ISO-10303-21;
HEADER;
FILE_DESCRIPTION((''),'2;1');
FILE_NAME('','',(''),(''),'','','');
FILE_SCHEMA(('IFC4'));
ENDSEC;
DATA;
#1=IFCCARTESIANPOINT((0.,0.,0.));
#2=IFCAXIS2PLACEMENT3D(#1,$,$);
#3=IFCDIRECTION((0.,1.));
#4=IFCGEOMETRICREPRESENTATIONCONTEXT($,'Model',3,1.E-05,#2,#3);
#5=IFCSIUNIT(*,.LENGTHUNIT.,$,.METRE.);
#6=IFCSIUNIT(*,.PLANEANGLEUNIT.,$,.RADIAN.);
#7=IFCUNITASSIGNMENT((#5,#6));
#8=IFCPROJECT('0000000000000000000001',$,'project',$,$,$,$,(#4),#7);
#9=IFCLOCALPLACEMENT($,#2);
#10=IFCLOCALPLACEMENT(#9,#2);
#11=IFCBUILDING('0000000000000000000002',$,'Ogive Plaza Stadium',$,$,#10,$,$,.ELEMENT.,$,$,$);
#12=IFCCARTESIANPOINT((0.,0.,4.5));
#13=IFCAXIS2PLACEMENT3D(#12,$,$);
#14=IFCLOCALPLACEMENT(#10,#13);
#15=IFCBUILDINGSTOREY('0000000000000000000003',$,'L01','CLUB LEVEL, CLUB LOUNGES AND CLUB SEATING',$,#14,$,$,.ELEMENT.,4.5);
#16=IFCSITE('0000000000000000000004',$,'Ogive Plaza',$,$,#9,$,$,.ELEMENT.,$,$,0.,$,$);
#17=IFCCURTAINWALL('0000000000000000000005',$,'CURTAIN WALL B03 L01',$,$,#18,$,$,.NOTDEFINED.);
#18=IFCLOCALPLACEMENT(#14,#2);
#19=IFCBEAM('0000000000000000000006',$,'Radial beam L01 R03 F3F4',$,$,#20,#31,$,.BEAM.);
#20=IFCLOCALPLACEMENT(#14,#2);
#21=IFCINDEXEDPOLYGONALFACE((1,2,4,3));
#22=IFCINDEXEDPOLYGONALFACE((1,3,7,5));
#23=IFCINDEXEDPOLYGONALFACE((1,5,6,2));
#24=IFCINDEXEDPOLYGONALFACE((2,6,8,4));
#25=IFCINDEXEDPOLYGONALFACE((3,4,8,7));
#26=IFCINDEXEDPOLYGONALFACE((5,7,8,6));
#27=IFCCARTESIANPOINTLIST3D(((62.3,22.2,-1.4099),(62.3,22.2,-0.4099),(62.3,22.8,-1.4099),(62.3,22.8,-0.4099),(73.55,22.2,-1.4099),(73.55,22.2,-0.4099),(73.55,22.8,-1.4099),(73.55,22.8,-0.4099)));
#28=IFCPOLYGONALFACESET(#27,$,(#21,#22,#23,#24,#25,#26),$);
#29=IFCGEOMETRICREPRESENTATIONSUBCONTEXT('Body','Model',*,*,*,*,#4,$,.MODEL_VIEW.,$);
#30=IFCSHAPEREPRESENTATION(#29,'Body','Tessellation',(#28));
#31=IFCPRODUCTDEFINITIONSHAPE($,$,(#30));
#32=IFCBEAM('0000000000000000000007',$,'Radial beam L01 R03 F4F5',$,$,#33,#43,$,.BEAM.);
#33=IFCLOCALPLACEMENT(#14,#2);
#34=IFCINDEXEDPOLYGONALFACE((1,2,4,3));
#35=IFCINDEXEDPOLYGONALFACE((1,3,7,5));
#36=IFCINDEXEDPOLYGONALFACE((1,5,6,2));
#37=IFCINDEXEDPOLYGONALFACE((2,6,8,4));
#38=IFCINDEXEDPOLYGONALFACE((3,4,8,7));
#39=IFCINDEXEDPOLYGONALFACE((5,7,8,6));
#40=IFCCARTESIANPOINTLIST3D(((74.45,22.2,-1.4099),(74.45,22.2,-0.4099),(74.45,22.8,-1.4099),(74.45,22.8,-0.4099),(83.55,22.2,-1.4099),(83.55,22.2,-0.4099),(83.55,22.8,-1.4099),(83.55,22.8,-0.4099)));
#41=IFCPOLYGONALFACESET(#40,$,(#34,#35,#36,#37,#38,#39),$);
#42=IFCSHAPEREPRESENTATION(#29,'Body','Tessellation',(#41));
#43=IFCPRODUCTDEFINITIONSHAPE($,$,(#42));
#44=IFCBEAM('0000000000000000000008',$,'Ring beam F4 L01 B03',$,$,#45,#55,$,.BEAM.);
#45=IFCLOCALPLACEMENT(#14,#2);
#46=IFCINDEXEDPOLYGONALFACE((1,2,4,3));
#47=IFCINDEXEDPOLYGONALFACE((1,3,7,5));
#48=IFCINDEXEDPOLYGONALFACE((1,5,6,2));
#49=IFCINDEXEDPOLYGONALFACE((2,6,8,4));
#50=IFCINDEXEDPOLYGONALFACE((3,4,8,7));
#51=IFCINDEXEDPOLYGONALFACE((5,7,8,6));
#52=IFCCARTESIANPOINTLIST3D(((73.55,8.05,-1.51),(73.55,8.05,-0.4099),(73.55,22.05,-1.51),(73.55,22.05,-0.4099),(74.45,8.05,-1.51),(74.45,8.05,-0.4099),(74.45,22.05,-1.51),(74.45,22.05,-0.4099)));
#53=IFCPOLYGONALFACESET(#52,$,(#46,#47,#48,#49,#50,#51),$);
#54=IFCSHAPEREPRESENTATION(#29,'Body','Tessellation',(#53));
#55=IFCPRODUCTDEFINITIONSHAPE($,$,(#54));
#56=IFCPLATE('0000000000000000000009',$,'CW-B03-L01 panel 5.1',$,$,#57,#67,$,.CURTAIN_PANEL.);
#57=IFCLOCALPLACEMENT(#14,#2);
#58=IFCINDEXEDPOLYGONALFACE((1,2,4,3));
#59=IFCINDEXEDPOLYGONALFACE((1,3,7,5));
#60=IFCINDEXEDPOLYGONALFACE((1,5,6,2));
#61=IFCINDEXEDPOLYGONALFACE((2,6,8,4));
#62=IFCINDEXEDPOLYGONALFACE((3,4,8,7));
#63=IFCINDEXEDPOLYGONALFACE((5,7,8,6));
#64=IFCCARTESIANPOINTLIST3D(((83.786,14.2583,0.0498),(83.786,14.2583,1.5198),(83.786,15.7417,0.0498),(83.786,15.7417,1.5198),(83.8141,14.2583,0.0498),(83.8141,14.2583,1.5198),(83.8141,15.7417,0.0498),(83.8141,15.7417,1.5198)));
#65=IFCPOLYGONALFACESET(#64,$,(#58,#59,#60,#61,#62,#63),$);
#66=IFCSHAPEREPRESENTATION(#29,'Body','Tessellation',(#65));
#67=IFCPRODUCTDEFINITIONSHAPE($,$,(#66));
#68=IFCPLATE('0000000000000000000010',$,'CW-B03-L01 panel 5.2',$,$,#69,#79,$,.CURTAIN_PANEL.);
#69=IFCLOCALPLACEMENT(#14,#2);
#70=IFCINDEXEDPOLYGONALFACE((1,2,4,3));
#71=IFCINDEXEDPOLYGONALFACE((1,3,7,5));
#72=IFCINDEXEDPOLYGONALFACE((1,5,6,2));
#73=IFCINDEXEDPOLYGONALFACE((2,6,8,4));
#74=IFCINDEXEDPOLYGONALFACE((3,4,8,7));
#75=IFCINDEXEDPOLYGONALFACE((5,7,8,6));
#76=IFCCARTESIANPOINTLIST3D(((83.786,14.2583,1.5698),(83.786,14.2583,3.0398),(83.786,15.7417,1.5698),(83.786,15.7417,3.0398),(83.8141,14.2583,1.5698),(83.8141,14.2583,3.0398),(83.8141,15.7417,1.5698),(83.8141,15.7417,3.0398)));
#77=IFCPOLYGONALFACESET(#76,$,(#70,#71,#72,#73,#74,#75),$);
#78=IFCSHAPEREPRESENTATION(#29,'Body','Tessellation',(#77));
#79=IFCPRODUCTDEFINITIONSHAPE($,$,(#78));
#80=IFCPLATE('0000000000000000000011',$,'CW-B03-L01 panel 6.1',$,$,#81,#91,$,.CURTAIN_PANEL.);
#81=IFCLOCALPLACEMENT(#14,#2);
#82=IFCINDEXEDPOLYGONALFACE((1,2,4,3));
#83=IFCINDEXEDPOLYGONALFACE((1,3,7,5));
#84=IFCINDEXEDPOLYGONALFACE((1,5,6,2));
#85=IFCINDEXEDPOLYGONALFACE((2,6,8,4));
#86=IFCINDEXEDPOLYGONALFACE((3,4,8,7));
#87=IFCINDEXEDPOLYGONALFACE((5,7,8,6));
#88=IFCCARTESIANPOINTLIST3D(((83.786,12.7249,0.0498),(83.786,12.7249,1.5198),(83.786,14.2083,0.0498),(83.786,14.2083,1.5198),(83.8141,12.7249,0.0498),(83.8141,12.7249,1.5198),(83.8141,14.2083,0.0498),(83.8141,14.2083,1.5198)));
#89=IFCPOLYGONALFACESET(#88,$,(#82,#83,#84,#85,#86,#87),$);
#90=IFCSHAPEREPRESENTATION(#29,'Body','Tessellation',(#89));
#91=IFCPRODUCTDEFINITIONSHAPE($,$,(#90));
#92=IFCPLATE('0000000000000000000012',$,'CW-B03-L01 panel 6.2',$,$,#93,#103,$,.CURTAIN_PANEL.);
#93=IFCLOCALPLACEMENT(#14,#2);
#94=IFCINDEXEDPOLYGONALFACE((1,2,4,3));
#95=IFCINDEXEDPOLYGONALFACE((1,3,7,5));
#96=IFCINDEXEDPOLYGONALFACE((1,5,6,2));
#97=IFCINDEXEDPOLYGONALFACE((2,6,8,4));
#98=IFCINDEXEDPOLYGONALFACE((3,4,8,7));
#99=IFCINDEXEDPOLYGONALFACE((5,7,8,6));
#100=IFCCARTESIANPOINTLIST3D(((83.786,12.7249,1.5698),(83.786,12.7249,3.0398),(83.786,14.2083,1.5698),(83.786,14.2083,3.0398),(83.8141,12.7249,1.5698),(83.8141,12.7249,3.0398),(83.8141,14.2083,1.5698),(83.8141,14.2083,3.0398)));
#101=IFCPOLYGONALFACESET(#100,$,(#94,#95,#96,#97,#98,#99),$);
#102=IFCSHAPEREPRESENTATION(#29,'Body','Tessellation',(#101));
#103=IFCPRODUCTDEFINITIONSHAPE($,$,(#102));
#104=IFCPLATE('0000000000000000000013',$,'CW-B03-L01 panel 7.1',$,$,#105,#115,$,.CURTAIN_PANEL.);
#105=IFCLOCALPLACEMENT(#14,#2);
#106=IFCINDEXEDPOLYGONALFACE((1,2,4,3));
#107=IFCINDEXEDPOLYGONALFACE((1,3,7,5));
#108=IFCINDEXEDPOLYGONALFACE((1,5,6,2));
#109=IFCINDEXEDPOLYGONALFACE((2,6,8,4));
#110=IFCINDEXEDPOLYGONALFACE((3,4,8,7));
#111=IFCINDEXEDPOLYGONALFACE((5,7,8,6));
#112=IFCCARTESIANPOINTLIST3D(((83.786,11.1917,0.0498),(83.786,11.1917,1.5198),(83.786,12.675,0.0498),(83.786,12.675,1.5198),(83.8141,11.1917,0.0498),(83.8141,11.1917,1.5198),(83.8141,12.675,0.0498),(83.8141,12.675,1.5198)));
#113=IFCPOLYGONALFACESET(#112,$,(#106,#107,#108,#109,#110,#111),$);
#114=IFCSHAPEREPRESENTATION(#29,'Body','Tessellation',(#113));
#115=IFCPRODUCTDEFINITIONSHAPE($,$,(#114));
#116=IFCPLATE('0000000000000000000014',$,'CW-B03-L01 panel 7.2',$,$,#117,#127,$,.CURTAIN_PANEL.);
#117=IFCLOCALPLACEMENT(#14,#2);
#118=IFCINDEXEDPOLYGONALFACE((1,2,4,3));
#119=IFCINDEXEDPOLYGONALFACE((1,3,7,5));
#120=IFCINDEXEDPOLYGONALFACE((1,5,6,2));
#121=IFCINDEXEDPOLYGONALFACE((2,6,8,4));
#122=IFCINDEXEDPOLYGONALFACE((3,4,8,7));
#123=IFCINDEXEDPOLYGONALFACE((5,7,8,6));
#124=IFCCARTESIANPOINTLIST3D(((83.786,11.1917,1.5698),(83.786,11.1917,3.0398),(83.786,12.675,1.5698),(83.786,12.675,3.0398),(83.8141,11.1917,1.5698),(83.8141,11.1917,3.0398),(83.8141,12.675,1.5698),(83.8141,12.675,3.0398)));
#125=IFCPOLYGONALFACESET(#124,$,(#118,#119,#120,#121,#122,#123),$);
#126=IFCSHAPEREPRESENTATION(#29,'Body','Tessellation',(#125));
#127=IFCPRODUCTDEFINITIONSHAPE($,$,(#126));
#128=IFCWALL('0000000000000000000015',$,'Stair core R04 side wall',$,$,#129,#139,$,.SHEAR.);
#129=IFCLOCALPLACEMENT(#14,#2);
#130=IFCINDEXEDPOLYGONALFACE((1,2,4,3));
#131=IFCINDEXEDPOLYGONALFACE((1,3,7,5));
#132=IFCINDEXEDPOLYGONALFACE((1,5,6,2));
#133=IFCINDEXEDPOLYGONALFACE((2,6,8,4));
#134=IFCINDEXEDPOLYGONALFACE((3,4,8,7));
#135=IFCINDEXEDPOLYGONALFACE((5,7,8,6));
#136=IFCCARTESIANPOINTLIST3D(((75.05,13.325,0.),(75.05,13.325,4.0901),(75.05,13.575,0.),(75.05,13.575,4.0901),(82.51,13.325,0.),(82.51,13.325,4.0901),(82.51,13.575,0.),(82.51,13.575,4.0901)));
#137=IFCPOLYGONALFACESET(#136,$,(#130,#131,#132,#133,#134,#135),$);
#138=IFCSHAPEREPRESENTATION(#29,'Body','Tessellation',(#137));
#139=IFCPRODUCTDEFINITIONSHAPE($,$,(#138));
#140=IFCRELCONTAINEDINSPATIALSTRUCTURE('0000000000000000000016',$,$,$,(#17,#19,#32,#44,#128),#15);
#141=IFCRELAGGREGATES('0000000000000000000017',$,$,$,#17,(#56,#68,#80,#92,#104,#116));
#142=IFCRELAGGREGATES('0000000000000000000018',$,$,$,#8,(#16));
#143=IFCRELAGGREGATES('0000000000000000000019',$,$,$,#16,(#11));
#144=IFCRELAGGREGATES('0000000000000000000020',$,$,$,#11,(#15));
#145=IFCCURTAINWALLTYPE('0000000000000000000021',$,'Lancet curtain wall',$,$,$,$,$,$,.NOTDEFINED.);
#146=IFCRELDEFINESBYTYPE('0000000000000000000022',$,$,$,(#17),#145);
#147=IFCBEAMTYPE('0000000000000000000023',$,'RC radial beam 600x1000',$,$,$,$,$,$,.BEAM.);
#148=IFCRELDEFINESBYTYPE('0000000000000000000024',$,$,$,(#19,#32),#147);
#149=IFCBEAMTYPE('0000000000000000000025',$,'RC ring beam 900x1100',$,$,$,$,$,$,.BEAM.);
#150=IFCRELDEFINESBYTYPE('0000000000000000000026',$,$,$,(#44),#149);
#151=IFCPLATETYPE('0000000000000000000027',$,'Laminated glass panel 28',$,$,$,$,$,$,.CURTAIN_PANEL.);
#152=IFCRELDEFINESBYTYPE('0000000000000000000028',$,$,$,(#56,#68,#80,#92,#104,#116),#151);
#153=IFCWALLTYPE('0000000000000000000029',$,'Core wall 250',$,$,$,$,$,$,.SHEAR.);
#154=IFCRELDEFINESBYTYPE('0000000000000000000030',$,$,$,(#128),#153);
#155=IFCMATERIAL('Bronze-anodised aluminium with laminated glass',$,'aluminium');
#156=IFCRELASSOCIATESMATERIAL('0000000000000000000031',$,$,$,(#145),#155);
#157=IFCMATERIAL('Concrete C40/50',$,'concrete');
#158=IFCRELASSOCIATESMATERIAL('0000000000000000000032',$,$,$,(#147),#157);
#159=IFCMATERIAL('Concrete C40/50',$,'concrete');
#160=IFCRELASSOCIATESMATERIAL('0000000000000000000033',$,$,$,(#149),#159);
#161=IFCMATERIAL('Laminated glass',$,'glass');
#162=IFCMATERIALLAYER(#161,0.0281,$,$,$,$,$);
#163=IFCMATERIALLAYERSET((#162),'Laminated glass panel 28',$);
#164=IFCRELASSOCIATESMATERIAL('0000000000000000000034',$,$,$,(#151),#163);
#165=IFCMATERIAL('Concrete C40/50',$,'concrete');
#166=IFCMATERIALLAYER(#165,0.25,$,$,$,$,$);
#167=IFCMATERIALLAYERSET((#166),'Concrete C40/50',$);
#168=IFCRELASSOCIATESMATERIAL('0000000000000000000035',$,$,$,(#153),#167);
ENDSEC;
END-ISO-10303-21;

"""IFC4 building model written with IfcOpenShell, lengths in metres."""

from ifc_helpers import new_model, si_unit, direction, frame, frame_2d, origin, origin_2d, place, context, subcontext, project, spatial, rectangle, extrude, material, layer, layer_set, material_profile, profile_set, type_object, element, aggregate, save


model = new_model("IFC4")

# Units and contexts
model_context = context("Model", 3, precision=1e-05, world=origin(), true_north=direction((0.0, 1.0)))
body_context = subcontext(model_context, "Body", "Model", "MODEL_VIEW")
ifc_project = project(units=[si_unit("LENGTHUNIT", "METRE"), si_unit("PLANEANGLEUNIT", "RADIAN")], contexts=[model_context])

# Site, building, storey
site_placement = place(None, origin())
site = spatial("IfcSite", under=ifc_project, at=site_placement, Name="Ogive Plaza", CompositionType="ELEMENT", RefElevation=0.0)
building_placement = place(site_placement, origin())
building = spatial("IfcBuilding", under=site, at=building_placement, Name="Ogive Plaza Stadium", CompositionType="ELEMENT")
storey_placement = place(building_placement, frame((0.0, 0.0, 4.5)))
storey = spatial("IfcBuildingStorey", under=building, at=storey_placement, Name="L01", Description="CLUB LEVEL, CLUB LOUNGES AND CLUB SEATING", CompositionType="ELEMENT", Elevation=4.5)

# Curtain wall
ifc_material_1 = material(Name="Bronze-anodised aluminium with laminated glass", Category="aluminium")
curtain_wall_type = type_object("IfcCurtainWallType", Name="Lancet curtain wall", PredefinedType="NOTDEFINED", material=ifc_material_1)
curtain_wall_placement = place(storey_placement, origin())
curtain_wall = element("IfcCurtainWall", 1, at=curtain_wall_placement, inside=storey, type_object=curtain_wall_type, Name="CURTAIN WALL B03 L01", PredefinedType="NOTDEFINED")

# Beams
ifc_material_2 = material(Name="Concrete C40/50", Category="concrete")
ifc_material_profile_1 = material_profile(ifc_material_2, rectangle(XDim=0.6001, YDim=1.0, at=origin_2d()), Name="RC 600x1000")
ifc_profile_set_1 = profile_set([ifc_material_profile_1], Name="Concrete C40/50")
beam_type_1 = type_object("IfcBeamType", Name="RC radial beam 600x1000", PredefinedType="BEAM", material=ifc_profile_set_1)
beam_1_placement = place(storey_placement, frame((62.3, 22.5, -0.9099), z_axis=(1.0, 0.0, 0.0), x_axis=(0.0, 1.0, 0.0)))
element("IfcBeam", 2, at=beam_1_placement, inside=storey, type_object=beam_type_1, Name="Radial beam L01 R03 F3F4", PredefinedType="BEAM", context=body_context, shape_type="SweptSolid", body=[
    extrude(rectangle(XDim=0.6001, YDim=1.0, at=origin_2d()), origin(), (0.0, 0.0, 1.0), 11.25),
])
beam_2_placement = place(storey_placement, frame((74.45, 22.5, -0.9099), z_axis=(1.0, 0.0, 0.0), x_axis=(0.0, 1.0, 0.0)))
element("IfcBeam", 3, at=beam_2_placement, inside=storey, type_object=beam_type_1, Name="Radial beam L01 R03 F4F5", PredefinedType="BEAM", context=body_context, shape_type="SweptSolid", body=[
    extrude(rectangle(XDim=0.6001, YDim=1.0, at=origin_2d()), origin(), (0.0, 0.0, 1.0), 9.1001),
])
ifc_material_3 = material(Name="Concrete C40/50", Category="concrete")
ifc_material_profile_2 = material_profile(ifc_material_3, rectangle(XDim=0.8999, YDim=1.1001, at=origin_2d()), Name="RC 900x1100")
ifc_profile_set_2 = profile_set([ifc_material_profile_2], Name="Concrete C40/50")
beam_type_2 = type_object("IfcBeamType", Name="RC ring beam 900x1100", PredefinedType="BEAM", material=ifc_profile_set_2)
beam_3_placement = place(storey_placement, frame((74.0, 22.05, -0.96), z_axis=(0.0, -1.0, 0.0), x_axis=(1.0, 0.0, 0.0)))
element("IfcBeam", 4, at=beam_3_placement, inside=storey, type_object=beam_type_2, Name="Ring beam F4 L01 B03", PredefinedType="BEAM", context=body_context, shape_type="SweptSolid", body=[
    extrude(rectangle(XDim=0.8999, YDim=1.1001, at=origin_2d()), origin(), (0.0, 0.0, 1.0), 14.0),
])

# Plates
ifc_material_4 = material(Name="Laminated glass", Category="glass")
ifc_layer_1 = layer(ifc_material_4, 0.0281)
ifc_layer_set_1 = layer_set([ifc_layer_1], Name="Laminated glass panel 28")
plate_type = type_object("IfcPlateType", Name="Laminated glass panel 28", PredefinedType="CURTAIN_PANEL", material=ifc_layer_set_1)
plate_1_placement = place(storey_placement, frame((83.8, 15.0, 0.0498), z_axis=(0.0, 0.0, 1.0), x_axis=(0.0, -1.0, 0.0)))
plate_1 = element("IfcPlate", 5, at=plate_1_placement, type_object=plate_type, Name="CW-B03-L01 panel 5.1", PredefinedType="CURTAIN_PANEL", context=body_context, shape_type="SweptSolid", body=[
    extrude(rectangle(XDim=1.4834, YDim=0.0281, at=origin_2d()), origin(), (0.0, 0.0, 1.0), 1.47),
])
plate_2_placement = place(storey_placement, frame((83.8, 15.0, 1.5698), z_axis=(0.0, 0.0, 1.0), x_axis=(0.0, -1.0, 0.0)))
plate_2 = element("IfcPlate", 6, at=plate_2_placement, type_object=plate_type, Name="CW-B03-L01 panel 5.2", PredefinedType="CURTAIN_PANEL", context=body_context, shape_type="SweptSolid", body=[
    extrude(rectangle(XDim=1.4834, YDim=0.0281, at=origin_2d()), origin(), (0.0, 0.0, 1.0), 1.47),
])
plate_3_placement = place(storey_placement, frame((83.8, 13.4666, 0.0498), z_axis=(0.0, 0.0, 1.0), x_axis=(0.0, -1.0, 0.0)))
plate_3 = element("IfcPlate", 7, at=plate_3_placement, type_object=plate_type, Name="CW-B03-L01 panel 6.1", PredefinedType="CURTAIN_PANEL", context=body_context, shape_type="SweptSolid", body=[
    extrude(rectangle(XDim=1.4834, YDim=0.0281, at=origin_2d()), origin(), (0.0, 0.0, 1.0), 1.47),
])
plate_4_placement = place(storey_placement, frame((83.8, 13.4666, 1.5698), z_axis=(0.0, 0.0, 1.0), x_axis=(0.0, -1.0, 0.0)))
plate_4 = element("IfcPlate", 8, at=plate_4_placement, type_object=plate_type, Name="CW-B03-L01 panel 6.2", PredefinedType="CURTAIN_PANEL", context=body_context, shape_type="SweptSolid", body=[
    extrude(rectangle(XDim=1.4834, YDim=0.0281, at=origin_2d()), origin(), (0.0, 0.0, 1.0), 1.47),
])
plate_5_placement = place(storey_placement, frame((83.8, 11.9333, 0.0498), z_axis=(0.0, 0.0, 1.0), x_axis=(0.0, -1.0, 0.0)))
plate_5 = element("IfcPlate", 9, at=plate_5_placement, type_object=plate_type, Name="CW-B03-L01 panel 7.1", PredefinedType="CURTAIN_PANEL", context=body_context, shape_type="SweptSolid", body=[
    extrude(rectangle(XDim=1.4834, YDim=0.0281, at=origin_2d()), origin(), (0.0, 0.0, 1.0), 1.47),
])
plate_6_placement = place(storey_placement, frame((83.8, 11.9333, 1.5698), z_axis=(0.0, 0.0, 1.0), x_axis=(0.0, -1.0, 0.0)))
plate_6 = element("IfcPlate", 10, at=plate_6_placement, type_object=plate_type, Name="CW-B03-L01 panel 7.2", PredefinedType="CURTAIN_PANEL", context=body_context, shape_type="SweptSolid", body=[
    extrude(rectangle(XDim=1.4834, YDim=0.0281, at=origin_2d()), origin(), (0.0, 0.0, 1.0), 1.47),
])
aggregate(curtain_wall, [plate_1, plate_2, plate_3, plate_4, plate_5, plate_6])

# Wall
ifc_material_5 = material(Name="Concrete C40/50", Category="concrete")
ifc_layer_2 = layer(ifc_material_5, 0.25)
ifc_layer_set_2 = layer_set([ifc_layer_2], Name="Concrete C40/50")
wall_type = type_object("IfcWallType", Name="Core wall 250", PredefinedType="SHEAR", material=ifc_layer_set_2)
wall_placement = place(storey_placement, frame((75.05, 13.45, 0.0), z_axis=(0.0, 0.0, 1.0), x_axis=(1.0, 0.0, 0.0)))
element("IfcWall", 11, at=wall_placement, inside=storey, type_object=wall_type, Name="Stair core R04 side wall", PredefinedType="SHEAR", context=body_context, shape_type="SweptSolid", body=[
    extrude(rectangle(XDim=7.46, YDim=0.25, at=frame_2d((3.73, 0.0))), origin(), (0.0, 0.0, 1.0), 4.0901),
])

save(model, "model.ifc")
